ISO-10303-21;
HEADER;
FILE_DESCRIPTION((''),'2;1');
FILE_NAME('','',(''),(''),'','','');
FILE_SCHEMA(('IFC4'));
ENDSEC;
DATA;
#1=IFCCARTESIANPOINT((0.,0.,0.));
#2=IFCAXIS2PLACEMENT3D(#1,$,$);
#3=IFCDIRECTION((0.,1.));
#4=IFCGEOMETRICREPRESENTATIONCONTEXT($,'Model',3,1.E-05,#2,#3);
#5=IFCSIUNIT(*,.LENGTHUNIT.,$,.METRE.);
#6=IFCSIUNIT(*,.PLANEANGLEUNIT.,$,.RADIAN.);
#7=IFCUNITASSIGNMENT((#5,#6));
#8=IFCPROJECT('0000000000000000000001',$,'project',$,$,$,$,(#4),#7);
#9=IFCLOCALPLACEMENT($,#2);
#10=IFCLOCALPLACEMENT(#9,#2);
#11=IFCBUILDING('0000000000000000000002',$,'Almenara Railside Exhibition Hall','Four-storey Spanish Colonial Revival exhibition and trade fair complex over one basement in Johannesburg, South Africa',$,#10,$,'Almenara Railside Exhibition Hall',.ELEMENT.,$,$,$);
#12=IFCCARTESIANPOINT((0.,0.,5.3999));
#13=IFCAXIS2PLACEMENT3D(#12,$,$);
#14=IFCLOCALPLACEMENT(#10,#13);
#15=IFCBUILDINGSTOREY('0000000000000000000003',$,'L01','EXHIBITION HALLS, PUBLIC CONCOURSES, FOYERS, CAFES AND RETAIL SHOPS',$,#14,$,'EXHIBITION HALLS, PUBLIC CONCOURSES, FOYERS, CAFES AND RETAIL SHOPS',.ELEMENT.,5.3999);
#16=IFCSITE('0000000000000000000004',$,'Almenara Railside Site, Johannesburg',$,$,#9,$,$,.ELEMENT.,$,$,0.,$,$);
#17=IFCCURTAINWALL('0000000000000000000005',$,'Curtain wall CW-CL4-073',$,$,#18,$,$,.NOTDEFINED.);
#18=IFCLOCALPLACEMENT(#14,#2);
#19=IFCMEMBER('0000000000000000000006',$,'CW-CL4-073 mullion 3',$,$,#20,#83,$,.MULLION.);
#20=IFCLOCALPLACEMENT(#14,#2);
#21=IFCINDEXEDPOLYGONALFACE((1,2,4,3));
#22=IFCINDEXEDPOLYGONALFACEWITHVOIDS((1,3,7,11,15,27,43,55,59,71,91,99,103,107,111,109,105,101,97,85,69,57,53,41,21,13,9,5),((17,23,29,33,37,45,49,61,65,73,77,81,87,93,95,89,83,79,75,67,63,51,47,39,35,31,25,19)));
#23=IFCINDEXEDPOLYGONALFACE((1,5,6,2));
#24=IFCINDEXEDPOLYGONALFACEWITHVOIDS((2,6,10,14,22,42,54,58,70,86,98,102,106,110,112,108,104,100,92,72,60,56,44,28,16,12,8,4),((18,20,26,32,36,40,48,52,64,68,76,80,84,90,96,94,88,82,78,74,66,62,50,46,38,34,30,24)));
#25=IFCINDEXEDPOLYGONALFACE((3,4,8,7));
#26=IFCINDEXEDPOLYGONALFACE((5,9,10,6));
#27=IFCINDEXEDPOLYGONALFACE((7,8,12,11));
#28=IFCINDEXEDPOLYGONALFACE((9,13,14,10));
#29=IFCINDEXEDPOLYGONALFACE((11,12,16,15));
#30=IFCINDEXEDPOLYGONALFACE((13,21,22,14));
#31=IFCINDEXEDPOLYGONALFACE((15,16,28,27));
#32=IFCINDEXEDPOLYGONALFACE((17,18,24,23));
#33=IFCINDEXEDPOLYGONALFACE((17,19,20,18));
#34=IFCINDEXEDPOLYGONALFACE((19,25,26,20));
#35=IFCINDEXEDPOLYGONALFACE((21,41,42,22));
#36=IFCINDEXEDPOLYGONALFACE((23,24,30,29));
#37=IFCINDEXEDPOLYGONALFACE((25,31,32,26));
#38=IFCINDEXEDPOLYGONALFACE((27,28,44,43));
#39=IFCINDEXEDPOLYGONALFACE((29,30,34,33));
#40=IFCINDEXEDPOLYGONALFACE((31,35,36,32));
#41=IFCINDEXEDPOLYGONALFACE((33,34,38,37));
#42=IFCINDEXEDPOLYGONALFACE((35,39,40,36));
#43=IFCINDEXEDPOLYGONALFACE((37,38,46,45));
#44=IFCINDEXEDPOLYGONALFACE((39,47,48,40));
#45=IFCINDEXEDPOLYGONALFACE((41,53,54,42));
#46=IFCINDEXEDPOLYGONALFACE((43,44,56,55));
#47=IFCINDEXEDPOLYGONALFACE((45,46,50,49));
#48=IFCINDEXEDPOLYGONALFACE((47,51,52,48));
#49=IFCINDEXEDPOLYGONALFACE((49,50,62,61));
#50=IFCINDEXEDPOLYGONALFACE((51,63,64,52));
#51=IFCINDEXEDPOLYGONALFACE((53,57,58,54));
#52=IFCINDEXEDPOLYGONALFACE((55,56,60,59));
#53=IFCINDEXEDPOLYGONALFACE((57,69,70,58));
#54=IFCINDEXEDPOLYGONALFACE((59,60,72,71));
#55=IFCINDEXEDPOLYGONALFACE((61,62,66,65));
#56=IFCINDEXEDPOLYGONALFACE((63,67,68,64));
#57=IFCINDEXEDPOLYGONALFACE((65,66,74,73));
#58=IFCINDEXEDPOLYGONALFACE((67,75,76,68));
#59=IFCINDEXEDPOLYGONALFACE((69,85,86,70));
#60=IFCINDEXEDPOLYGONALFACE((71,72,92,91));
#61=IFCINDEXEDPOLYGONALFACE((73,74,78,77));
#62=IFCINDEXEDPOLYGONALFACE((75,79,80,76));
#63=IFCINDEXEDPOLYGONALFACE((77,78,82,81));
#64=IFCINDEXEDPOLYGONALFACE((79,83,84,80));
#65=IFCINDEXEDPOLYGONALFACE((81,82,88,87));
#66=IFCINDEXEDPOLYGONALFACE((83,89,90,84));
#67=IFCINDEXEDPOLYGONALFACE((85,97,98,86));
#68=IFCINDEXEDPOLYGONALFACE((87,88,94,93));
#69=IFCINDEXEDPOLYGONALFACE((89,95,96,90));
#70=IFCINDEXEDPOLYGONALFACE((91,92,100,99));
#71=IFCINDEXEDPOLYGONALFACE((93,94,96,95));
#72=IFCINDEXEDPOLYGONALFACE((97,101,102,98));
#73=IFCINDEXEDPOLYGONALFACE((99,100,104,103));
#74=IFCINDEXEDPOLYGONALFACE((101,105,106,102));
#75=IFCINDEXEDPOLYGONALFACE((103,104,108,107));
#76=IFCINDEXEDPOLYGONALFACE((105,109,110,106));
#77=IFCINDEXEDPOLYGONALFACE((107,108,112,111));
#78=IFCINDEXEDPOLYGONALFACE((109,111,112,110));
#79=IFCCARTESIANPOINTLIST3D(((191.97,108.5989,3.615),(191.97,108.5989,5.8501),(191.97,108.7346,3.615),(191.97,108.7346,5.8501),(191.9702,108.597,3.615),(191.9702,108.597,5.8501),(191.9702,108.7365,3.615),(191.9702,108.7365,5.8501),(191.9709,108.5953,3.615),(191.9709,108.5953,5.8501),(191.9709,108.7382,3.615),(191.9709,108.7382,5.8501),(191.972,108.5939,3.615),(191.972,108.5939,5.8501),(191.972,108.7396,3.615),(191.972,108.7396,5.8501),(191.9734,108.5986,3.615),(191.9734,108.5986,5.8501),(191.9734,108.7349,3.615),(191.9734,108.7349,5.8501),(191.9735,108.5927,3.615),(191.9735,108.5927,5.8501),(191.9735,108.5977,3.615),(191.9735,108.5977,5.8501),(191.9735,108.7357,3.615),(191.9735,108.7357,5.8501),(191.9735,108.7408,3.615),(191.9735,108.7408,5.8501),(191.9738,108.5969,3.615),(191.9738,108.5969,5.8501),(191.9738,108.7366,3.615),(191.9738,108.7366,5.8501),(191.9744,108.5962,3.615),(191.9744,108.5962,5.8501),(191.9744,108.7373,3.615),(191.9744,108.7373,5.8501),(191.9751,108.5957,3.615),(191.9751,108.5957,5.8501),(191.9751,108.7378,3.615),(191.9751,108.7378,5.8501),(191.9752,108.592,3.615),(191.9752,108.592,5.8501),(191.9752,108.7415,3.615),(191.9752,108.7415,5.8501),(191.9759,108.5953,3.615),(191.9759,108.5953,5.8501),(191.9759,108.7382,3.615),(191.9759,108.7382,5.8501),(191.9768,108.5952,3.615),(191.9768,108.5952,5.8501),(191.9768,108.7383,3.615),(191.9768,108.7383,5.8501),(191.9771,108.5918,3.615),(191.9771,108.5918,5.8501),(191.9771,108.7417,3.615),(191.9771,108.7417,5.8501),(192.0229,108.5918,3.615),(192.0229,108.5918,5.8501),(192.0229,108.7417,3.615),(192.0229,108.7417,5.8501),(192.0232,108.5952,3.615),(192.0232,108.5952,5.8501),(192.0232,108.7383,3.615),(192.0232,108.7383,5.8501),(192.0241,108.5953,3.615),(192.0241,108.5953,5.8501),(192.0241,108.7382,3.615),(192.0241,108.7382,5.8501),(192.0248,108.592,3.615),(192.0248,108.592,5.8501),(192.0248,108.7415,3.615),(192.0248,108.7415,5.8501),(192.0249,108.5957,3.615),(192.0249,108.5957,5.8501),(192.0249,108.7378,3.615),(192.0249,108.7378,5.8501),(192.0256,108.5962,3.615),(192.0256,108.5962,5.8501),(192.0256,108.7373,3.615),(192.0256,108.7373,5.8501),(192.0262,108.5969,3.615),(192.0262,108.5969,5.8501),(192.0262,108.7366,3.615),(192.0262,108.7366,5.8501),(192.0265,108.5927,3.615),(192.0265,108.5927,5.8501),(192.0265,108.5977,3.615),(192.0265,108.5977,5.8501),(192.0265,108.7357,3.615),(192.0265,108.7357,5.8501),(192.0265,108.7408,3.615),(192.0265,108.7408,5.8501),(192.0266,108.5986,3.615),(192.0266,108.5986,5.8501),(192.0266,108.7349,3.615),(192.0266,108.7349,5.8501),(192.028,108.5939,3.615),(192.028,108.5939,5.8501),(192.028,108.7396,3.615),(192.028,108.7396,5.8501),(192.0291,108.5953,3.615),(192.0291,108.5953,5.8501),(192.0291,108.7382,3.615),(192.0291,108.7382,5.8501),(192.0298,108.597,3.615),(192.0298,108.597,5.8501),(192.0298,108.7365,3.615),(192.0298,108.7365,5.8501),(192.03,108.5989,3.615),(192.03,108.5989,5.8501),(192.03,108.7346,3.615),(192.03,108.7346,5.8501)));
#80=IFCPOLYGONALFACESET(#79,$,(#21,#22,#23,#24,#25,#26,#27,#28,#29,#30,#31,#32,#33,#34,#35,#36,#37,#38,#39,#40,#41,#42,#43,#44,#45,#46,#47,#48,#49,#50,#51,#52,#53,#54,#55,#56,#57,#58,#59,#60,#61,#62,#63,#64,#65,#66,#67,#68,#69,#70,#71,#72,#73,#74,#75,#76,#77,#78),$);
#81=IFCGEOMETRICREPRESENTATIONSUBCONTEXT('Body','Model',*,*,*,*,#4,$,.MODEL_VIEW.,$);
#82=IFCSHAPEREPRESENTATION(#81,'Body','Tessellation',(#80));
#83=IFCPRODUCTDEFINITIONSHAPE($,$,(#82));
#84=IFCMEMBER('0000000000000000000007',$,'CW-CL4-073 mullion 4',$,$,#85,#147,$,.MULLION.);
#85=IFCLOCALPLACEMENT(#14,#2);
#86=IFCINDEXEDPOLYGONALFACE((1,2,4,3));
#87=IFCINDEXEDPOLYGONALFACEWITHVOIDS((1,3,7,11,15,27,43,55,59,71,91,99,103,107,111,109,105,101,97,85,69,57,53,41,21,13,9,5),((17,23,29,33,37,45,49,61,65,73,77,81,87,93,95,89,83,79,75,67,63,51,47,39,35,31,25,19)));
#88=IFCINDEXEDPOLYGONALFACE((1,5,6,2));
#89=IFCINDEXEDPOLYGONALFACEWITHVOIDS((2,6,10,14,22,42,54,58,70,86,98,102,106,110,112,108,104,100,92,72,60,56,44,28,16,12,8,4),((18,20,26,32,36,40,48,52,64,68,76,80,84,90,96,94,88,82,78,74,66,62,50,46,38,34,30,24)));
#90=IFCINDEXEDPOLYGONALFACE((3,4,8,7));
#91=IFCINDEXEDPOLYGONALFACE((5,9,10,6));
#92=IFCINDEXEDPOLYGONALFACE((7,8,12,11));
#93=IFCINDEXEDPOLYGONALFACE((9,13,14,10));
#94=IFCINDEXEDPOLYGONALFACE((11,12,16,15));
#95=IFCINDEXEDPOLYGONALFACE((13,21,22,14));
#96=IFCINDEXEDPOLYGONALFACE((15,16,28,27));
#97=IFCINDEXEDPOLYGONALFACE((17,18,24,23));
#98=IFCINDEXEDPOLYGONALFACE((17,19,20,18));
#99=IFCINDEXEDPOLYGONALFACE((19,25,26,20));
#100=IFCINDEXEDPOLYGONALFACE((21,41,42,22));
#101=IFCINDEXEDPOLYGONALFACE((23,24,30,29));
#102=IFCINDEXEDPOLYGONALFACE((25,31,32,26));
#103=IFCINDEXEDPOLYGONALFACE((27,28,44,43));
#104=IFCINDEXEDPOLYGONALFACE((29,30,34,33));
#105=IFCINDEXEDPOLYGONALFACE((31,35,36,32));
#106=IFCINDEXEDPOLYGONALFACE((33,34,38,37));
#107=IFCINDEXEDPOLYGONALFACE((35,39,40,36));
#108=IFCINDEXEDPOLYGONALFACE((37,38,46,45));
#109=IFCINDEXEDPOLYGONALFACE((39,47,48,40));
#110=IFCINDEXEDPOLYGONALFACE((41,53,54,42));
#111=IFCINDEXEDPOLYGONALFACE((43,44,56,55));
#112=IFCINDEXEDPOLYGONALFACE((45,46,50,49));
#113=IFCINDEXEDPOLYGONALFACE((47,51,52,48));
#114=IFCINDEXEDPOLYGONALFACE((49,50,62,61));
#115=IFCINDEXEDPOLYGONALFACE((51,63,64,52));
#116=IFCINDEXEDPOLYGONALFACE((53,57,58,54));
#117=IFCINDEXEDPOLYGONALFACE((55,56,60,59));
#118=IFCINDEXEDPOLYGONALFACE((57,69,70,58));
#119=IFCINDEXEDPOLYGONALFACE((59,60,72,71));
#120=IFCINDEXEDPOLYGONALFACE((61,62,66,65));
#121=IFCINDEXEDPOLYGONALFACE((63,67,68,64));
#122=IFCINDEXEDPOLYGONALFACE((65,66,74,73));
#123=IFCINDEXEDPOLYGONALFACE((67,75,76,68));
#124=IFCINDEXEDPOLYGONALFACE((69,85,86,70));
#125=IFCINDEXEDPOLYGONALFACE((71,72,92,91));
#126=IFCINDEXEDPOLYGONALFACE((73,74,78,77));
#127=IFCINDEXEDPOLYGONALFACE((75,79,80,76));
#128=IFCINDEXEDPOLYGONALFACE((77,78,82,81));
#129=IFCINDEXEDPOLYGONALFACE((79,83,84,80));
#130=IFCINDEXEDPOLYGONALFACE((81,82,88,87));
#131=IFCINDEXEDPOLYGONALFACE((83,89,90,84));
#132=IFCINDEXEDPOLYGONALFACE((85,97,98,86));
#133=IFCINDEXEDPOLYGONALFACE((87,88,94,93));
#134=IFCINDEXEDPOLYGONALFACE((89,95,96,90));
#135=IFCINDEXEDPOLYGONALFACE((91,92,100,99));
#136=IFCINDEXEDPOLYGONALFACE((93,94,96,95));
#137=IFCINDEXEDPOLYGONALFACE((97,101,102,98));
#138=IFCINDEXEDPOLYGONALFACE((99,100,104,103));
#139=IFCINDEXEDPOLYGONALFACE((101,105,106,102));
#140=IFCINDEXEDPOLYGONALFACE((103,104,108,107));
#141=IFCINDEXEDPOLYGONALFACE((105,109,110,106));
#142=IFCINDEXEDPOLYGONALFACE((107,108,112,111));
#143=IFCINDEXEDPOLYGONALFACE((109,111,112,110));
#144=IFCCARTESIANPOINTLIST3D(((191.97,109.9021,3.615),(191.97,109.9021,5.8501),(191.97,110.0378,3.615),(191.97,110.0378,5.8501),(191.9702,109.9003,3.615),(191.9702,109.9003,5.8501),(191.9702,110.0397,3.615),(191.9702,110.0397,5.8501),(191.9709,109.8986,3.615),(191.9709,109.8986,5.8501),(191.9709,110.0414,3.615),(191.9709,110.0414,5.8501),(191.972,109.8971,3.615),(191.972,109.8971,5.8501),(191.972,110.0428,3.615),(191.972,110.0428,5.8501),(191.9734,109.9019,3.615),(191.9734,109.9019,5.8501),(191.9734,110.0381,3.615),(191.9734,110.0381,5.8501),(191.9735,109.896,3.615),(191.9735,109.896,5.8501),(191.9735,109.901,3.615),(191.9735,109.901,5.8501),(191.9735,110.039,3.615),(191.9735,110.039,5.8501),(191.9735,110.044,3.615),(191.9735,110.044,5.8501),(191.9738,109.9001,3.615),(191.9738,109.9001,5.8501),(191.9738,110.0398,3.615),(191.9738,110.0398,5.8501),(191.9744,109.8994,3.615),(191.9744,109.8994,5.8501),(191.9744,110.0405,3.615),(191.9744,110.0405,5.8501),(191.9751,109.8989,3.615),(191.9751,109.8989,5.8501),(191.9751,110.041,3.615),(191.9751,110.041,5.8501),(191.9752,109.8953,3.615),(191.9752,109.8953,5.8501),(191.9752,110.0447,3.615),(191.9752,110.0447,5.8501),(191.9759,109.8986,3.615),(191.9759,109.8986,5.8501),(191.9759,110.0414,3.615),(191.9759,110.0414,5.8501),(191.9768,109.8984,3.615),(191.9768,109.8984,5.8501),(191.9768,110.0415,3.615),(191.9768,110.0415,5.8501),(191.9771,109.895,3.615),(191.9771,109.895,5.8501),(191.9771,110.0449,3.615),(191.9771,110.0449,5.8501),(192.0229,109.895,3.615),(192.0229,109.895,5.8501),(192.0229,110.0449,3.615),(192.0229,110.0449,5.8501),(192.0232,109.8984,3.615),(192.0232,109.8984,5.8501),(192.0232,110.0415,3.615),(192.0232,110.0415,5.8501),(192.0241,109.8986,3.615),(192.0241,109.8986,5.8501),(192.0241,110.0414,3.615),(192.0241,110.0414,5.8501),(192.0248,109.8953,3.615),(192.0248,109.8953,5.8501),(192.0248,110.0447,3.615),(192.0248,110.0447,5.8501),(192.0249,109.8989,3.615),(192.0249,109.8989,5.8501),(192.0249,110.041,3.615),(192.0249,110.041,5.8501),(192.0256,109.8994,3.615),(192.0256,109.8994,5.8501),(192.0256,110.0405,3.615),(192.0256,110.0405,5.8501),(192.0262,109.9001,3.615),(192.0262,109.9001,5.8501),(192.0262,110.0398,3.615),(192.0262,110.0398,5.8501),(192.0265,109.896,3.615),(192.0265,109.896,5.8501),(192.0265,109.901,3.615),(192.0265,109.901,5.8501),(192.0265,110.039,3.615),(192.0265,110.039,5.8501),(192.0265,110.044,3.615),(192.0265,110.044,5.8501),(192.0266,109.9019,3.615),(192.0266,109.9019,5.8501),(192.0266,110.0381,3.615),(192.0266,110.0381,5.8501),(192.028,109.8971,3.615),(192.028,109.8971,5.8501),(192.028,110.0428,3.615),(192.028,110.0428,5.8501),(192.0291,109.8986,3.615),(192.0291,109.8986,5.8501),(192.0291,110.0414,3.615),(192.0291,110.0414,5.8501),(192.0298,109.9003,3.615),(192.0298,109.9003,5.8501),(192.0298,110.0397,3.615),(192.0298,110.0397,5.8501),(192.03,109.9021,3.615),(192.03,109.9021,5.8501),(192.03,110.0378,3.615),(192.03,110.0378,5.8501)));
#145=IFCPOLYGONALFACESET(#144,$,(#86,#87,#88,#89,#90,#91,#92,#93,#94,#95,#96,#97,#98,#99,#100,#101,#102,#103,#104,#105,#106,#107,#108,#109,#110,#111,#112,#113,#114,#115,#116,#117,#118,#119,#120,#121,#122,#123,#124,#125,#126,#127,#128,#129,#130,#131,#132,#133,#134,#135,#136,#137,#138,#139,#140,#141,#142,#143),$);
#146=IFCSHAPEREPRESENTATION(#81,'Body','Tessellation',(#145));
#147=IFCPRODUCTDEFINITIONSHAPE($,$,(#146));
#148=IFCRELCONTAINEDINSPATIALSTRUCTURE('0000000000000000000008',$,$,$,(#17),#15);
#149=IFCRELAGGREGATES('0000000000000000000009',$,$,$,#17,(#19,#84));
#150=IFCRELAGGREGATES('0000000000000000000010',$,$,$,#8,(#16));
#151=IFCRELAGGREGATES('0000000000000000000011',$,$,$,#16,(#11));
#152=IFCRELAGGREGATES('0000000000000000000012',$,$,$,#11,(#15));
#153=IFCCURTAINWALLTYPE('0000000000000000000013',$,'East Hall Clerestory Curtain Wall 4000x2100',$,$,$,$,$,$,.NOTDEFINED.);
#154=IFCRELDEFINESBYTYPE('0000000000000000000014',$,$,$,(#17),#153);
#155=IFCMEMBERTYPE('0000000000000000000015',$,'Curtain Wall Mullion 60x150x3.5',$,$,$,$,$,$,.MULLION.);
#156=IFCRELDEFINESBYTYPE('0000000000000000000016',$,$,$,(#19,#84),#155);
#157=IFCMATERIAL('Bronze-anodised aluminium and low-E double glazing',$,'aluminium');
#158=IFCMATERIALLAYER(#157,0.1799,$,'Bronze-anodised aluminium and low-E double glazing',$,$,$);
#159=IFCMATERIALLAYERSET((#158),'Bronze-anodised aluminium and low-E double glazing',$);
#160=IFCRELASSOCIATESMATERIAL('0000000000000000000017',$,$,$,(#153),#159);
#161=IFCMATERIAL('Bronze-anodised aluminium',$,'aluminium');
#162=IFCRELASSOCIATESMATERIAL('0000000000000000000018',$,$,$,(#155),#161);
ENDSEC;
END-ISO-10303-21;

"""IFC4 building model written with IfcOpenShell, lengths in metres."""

from ifc_helpers import new_model, si_unit, direction, frame, origin, origin_2d, place, context, subcontext, project, spatial, hollow_rectangle, extrude, material, layer, layer_set, material_profile, profile_set, type_object, element, aggregate, save


model = new_model("IFC4")

# Units and contexts
model_context = context("Model", 3, precision=1e-05, world=origin(), true_north=direction((0.0, 1.0)))
body_context = subcontext(model_context, "Body", "Model", "MODEL_VIEW")
ifc_project = project(units=[si_unit("LENGTHUNIT", "METRE"), si_unit("PLANEANGLEUNIT", "RADIAN")], contexts=[model_context])

# Site, building, storey
site_placement = place(None, origin())
site = spatial("IfcSite", under=ifc_project, at=site_placement, Name="Almenara Railside Site, Johannesburg", CompositionType="ELEMENT", RefElevation=0.0)
building_placement = place(site_placement, origin())
building = spatial("IfcBuilding", under=site, at=building_placement, Name="Almenara Railside Exhibition Hall", Description="Four-storey Spanish Colonial Revival exhibition and trade fair complex over one basement in Johannesburg, South Africa", LongName="Almenara Railside Exhibition Hall", CompositionType="ELEMENT")
storey_placement = place(building_placement, frame((0.0, 0.0, 5.3999)))
storey = spatial("IfcBuildingStorey", under=building, at=storey_placement, Name="L01", Description="EXHIBITION HALLS, PUBLIC CONCOURSES, FOYERS, CAFES AND RETAIL SHOPS", LongName="EXHIBITION HALLS, PUBLIC CONCOURSES, FOYERS, CAFES AND RETAIL SHOPS", CompositionType="ELEMENT", Elevation=5.3999)

# Curtain wall, members
ifc_material_1 = material(Name="Bronze-anodised aluminium and low-E double glazing", Category="aluminium")
ifc_layer_1 = layer(ifc_material_1, 0.1799, Name="Bronze-anodised aluminium and low-E double glazing")
ifc_layer_set_1 = layer_set([ifc_layer_1], Name="Bronze-anodised aluminium and low-E double glazing")
curtain_wall_type = type_object("IfcCurtainWallType", Name="East Hall Clerestory Curtain Wall 4000x2100", PredefinedType="NOTDEFINED", material=ifc_layer_set_1)
ifc_material_2 = material(Name="Bronze-anodised aluminium", Category="aluminium")
curtain_wall_1_placement = place(storey_placement, origin())
curtain_wall_1 = element("IfcCurtainWall", 1, at=curtain_wall_1_placement, inside=storey, type_object=curtain_wall_type, Name="Curtain wall CW-CL4-073", PredefinedType="NOTDEFINED")
ifc_material_profile_1 = material_profile(ifc_material_2, hollow_rectangle(XDim=0.0601, YDim=0.1499, WallThickness=0.0034, InnerFilletRadius=0.0034, OuterFilletRadius=0.0071, at=origin_2d()), Name="ALU-MUL 60x150x3.5")
ifc_profile_set_1 = profile_set([ifc_material_profile_1], Name="Bronze-anodised aluminium")
member_type_1 = type_object("IfcMemberType", Name="Curtain Wall Mullion 60x150x3.5", PredefinedType="MULLION", material=ifc_profile_set_1)
member_1_placement = place(storey_placement, frame((192.0, 108.6667, 3.615), z_axis=(0.0, 0.0, 1.0), x_axis=(-1.0, 0.0, 0.0)))
member_1 = element("IfcMember", 2, at=member_1_placement, type_object=member_type_1, Name="CW-CL4-073 mullion 3", PredefinedType="MULLION", context=body_context, shape_type="SweptSolid", body=[
    extrude(hollow_rectangle(XDim=0.0601, YDim=0.1499, WallThickness=0.0034, InnerFilletRadius=0.0034, OuterFilletRadius=0.0071, at=origin_2d()), origin(), (0.0, 0.0, 1.0), 2.2351),
])
member_2_placement = place(storey_placement, frame((192.0, 109.97, 3.615), z_axis=(0.0, 0.0, 1.0), x_axis=(-1.0, 0.0, 0.0)))
member_2 = element("IfcMember", 3, at=member_2_placement, type_object=member_type_1, Name="CW-CL4-073 mullion 4", PredefinedType="MULLION", context=body_context, shape_type="SweptSolid", body=[
    extrude(hollow_rectangle(XDim=0.0601, YDim=0.1499, WallThickness=0.0034, InnerFilletRadius=0.0034, OuterFilletRadius=0.0071, at=origin_2d()), origin(), (0.0, 0.0, 1.0), 2.2351),
])

aggregate(curtain_wall_1, [member_1, member_2])

save(model, "model.ifc")
